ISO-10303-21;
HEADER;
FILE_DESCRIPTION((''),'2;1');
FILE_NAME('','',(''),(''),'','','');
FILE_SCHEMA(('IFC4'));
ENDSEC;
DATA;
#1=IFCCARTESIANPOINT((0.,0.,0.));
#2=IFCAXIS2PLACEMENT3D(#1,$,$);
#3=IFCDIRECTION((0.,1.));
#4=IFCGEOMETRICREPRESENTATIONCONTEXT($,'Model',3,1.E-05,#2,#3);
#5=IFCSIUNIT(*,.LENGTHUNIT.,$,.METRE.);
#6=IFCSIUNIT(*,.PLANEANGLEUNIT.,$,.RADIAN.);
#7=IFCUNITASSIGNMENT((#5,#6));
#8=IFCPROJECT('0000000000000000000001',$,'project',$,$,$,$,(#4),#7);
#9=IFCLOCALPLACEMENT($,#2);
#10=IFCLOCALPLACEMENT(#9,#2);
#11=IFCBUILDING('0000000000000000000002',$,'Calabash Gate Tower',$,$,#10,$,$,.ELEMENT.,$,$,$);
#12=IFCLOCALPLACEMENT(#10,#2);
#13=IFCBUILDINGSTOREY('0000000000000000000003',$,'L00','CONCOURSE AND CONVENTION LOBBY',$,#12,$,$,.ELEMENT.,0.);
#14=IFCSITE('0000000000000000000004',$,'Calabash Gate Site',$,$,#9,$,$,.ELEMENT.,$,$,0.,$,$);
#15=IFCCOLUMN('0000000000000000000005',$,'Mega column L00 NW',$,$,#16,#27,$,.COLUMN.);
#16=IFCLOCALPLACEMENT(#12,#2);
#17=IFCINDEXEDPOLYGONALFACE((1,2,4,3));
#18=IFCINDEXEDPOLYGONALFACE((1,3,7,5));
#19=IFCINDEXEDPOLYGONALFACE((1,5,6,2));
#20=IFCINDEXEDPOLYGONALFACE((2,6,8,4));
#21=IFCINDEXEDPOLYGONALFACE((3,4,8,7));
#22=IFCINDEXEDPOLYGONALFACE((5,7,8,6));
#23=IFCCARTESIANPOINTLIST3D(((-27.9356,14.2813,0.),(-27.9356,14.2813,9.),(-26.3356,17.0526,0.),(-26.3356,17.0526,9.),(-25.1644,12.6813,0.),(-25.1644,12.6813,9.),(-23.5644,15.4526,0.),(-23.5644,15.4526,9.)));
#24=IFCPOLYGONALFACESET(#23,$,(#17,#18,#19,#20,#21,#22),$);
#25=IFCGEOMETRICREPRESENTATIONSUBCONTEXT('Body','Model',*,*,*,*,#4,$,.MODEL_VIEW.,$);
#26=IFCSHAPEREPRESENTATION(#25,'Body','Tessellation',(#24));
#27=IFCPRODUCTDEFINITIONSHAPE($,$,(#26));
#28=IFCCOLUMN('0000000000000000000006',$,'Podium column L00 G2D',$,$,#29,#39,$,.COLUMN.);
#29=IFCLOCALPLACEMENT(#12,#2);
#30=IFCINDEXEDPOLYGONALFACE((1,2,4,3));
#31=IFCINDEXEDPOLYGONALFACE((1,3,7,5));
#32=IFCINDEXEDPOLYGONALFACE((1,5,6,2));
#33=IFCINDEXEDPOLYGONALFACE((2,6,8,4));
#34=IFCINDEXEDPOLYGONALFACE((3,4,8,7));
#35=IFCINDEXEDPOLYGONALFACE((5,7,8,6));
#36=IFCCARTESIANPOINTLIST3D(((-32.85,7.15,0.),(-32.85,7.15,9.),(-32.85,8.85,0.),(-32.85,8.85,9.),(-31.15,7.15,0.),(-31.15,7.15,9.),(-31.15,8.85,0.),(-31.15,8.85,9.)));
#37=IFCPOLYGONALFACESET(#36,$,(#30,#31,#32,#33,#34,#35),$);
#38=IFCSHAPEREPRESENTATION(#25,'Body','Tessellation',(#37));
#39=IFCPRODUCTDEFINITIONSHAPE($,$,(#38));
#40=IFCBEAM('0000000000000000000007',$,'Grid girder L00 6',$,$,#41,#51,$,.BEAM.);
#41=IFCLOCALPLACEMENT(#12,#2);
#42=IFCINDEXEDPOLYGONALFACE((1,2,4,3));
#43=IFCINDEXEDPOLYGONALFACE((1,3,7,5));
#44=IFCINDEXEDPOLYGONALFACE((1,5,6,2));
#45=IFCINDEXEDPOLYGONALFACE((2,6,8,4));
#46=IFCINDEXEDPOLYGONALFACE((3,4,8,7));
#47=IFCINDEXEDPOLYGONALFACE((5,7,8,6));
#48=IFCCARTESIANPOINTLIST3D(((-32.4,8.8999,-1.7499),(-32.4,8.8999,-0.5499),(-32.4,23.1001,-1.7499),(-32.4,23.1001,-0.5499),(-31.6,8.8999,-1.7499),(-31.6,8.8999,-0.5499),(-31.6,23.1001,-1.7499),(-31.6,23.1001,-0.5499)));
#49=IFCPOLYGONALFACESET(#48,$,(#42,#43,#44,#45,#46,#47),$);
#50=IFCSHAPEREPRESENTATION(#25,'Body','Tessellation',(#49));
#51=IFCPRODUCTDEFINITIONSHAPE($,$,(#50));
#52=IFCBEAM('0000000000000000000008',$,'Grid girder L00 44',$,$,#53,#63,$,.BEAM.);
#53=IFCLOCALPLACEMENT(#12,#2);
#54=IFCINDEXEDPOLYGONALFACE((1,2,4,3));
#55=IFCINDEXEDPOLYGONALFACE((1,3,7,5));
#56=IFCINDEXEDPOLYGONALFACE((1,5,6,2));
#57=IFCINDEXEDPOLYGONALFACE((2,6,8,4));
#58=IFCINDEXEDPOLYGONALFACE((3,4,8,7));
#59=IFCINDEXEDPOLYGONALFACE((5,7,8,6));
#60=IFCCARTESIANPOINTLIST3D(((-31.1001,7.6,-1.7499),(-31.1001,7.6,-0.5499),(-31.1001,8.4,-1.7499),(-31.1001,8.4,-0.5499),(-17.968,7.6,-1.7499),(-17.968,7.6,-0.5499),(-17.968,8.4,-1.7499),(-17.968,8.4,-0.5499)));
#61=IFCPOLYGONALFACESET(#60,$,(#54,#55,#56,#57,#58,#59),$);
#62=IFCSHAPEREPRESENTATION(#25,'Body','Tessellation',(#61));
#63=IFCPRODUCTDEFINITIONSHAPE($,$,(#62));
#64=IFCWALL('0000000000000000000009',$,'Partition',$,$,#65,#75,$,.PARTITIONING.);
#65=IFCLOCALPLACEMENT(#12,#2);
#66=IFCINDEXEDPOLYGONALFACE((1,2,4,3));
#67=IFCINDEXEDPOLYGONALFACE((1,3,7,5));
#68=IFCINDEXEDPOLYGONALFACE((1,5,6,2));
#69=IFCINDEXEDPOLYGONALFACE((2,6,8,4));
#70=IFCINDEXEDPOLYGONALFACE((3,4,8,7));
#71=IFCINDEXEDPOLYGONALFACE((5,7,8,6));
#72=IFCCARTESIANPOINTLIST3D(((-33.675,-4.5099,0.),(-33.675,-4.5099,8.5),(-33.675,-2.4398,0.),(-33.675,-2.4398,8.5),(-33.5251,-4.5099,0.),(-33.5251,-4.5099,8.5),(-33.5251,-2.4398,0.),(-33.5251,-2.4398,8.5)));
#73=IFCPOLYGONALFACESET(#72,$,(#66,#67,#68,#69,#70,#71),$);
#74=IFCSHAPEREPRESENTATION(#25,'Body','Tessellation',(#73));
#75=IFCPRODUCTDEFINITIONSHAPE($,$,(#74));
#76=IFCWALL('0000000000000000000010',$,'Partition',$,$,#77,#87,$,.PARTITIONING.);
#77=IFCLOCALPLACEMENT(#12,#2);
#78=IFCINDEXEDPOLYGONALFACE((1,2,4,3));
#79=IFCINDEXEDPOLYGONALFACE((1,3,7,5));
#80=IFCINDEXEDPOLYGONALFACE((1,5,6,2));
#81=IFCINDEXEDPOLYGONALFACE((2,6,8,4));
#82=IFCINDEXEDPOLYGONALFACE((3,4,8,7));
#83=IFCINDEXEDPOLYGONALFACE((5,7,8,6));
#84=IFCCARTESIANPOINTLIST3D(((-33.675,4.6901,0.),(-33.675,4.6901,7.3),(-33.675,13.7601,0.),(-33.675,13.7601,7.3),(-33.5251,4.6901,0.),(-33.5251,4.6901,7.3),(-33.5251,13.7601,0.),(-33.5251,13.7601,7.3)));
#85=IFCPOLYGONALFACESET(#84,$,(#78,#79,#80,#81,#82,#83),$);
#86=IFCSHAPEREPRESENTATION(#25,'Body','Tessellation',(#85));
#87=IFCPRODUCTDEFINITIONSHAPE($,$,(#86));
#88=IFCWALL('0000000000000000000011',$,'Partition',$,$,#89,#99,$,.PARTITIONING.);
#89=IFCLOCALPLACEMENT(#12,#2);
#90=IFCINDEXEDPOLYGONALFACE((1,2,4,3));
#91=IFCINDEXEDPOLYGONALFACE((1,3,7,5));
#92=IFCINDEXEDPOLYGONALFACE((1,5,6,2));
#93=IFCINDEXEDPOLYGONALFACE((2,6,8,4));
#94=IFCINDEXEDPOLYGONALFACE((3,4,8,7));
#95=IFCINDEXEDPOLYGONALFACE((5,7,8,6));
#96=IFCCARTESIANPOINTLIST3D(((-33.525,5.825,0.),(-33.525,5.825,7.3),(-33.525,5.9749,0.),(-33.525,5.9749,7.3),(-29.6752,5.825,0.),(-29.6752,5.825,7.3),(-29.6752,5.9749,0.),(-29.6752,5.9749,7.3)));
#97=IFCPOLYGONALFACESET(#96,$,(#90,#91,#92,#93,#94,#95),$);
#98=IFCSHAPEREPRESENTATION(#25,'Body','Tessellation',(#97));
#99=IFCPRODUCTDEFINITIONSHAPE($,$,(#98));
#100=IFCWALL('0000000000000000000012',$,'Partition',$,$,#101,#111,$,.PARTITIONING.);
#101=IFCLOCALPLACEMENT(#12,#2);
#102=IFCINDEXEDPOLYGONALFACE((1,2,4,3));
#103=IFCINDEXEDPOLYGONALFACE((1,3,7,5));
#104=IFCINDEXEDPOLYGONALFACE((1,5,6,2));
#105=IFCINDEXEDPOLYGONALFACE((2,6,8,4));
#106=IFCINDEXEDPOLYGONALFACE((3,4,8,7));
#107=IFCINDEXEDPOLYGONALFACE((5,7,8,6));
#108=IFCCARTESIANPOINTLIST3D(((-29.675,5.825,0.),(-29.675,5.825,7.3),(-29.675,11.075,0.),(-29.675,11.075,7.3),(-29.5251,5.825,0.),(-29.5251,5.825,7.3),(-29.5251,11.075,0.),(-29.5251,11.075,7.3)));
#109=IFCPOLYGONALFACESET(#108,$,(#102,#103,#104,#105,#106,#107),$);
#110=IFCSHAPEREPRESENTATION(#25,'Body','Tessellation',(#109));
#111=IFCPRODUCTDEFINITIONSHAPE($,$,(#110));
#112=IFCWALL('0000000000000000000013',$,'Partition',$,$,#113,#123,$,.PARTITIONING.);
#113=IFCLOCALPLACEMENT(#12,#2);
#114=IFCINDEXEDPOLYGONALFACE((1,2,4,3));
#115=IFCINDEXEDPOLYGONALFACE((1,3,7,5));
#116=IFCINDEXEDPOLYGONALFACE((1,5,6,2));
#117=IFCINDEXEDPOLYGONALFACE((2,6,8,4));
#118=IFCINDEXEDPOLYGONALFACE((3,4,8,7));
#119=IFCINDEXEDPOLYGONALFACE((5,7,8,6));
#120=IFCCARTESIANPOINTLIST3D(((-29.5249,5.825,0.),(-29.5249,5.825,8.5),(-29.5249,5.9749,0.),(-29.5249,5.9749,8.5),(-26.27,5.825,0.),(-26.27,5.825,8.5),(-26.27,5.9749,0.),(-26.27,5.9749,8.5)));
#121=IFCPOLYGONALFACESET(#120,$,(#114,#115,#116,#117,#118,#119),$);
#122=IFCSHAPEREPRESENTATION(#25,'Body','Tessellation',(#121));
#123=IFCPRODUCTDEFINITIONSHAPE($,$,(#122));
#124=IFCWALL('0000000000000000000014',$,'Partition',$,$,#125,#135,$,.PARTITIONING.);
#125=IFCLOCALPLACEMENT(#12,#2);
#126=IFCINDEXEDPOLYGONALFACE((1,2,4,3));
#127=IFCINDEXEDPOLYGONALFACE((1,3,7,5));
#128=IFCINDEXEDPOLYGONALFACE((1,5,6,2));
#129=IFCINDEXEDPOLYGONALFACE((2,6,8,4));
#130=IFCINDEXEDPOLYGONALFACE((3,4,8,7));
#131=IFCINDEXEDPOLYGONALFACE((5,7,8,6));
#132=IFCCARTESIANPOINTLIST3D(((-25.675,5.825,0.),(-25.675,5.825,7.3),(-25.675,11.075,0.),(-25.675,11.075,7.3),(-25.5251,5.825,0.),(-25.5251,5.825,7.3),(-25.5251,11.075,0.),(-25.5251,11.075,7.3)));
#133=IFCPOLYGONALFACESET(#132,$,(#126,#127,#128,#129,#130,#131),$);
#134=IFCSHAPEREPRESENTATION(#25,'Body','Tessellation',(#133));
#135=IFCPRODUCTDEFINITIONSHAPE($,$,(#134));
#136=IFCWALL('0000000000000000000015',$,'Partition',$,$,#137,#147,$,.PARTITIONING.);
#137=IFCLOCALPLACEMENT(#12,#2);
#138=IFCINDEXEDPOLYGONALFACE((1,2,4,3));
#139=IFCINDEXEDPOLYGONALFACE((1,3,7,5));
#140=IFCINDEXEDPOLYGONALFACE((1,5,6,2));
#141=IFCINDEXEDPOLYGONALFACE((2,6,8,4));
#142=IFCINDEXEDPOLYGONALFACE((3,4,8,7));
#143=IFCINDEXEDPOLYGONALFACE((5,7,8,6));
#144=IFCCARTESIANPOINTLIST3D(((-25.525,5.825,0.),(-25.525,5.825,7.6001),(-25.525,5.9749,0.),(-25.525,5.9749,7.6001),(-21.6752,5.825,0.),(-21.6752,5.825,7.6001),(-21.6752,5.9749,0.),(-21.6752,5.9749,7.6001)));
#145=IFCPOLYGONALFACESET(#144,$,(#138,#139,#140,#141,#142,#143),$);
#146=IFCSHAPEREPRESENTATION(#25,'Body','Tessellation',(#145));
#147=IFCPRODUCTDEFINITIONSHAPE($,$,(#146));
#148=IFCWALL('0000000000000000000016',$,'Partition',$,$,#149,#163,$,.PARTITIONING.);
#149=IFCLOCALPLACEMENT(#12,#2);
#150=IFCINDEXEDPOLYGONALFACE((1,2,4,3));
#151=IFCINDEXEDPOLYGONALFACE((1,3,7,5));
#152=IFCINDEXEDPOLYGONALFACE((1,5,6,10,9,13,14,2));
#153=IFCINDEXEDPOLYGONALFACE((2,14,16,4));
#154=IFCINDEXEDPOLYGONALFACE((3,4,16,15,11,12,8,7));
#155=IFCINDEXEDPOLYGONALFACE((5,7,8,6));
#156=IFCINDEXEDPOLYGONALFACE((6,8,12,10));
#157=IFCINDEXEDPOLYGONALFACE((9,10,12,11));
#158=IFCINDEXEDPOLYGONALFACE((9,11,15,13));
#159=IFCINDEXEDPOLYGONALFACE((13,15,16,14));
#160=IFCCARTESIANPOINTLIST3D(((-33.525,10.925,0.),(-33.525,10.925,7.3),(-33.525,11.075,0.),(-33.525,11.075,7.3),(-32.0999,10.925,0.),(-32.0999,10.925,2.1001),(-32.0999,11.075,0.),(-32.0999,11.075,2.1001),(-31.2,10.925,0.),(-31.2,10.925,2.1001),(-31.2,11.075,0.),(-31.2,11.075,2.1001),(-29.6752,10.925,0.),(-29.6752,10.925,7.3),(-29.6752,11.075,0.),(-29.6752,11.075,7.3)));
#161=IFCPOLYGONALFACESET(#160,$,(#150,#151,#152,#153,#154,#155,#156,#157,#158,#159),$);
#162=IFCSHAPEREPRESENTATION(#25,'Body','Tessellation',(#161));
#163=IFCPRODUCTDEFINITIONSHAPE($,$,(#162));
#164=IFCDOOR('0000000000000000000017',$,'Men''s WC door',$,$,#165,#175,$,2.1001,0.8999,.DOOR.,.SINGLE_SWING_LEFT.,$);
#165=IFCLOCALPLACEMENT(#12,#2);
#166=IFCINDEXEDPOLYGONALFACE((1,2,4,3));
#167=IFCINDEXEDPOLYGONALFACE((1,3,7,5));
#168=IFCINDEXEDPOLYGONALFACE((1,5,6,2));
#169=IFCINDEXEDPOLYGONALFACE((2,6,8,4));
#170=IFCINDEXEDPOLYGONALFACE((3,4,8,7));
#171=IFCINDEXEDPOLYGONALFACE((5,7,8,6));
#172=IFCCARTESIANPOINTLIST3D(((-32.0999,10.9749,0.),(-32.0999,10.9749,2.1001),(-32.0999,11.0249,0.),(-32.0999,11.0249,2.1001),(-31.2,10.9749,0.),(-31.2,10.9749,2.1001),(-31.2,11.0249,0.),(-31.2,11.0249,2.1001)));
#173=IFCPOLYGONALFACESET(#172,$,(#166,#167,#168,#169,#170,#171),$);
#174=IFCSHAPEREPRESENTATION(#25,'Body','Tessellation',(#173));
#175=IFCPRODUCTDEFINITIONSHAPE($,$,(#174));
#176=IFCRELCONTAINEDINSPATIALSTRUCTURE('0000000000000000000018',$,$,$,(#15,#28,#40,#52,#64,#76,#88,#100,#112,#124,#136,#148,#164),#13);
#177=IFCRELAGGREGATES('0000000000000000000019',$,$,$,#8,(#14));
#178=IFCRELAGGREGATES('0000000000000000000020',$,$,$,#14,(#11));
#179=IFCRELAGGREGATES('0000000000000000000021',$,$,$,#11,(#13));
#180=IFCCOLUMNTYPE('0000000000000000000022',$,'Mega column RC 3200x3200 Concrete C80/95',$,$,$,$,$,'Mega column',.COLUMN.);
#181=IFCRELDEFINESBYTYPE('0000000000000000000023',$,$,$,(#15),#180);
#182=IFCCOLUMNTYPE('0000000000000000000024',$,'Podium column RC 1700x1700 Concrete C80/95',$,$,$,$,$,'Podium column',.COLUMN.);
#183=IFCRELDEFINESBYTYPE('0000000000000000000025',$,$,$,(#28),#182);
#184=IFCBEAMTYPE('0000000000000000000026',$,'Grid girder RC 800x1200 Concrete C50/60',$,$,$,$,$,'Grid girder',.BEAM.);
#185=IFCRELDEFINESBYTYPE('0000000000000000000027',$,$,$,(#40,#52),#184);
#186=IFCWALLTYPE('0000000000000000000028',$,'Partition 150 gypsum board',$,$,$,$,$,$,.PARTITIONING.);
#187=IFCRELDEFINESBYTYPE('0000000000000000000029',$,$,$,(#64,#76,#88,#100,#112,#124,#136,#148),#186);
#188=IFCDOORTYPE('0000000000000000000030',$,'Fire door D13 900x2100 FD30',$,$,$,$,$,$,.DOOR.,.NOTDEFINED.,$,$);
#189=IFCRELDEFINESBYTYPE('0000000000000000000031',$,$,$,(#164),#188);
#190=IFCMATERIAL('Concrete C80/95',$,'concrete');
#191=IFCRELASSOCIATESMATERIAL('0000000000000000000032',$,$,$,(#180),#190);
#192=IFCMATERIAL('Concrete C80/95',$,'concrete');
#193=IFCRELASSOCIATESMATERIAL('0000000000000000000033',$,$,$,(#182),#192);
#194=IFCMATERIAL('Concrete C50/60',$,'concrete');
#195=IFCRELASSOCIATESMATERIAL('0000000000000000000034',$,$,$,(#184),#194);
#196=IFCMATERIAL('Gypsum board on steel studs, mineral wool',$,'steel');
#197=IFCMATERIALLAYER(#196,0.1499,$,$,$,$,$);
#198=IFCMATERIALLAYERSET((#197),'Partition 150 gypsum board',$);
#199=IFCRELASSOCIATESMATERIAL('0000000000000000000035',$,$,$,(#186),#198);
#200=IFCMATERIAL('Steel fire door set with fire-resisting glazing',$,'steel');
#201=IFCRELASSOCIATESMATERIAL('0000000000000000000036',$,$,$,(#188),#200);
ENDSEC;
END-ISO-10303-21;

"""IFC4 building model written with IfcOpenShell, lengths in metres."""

from ifc_helpers import new_model, si_unit, direction, frame, frame_2d, origin, origin_2d, place, context, subcontext, project, spatial, rectangle, extrude, material, layer, layer_set, material_profile, profile_set, type_object, element, fill, save


model = new_model("IFC4")

# Units and contexts
model_context = context("Model", 3, precision=1e-05, world=origin(), true_north=direction((0.0, 1.0)))
body_context = subcontext(model_context, "Body", "Model", "MODEL_VIEW")
ifc_project = project(units=[si_unit("LENGTHUNIT", "METRE"), si_unit("PLANEANGLEUNIT", "RADIAN")], contexts=[model_context])

# Site, building, storey
site_placement = place(None, origin())
site = spatial("IfcSite", under=ifc_project, at=site_placement, Name="Calabash Gate Site", CompositionType="ELEMENT", RefElevation=0.0)
building_placement = place(site_placement, origin())
building = spatial("IfcBuilding", under=site, at=building_placement, Name="Calabash Gate Tower", CompositionType="ELEMENT")
storey_placement = place(building_placement, origin())
storey = spatial("IfcBuildingStorey", under=building, at=storey_placement, Name="L00", Description="CONCOURSE AND CONVENTION LOBBY", CompositionType="ELEMENT", Elevation=0.0)

# Columns
ifc_material_1 = material(Name="Concrete C80/95", Category="concrete")
ifc_material_profile_1 = material_profile(ifc_material_1, rectangle(XDim=3.2, YDim=3.2, at=origin_2d()))
ifc_profile_set_1 = profile_set([ifc_material_profile_1], Name="Concrete C80/95")
column_type_1 = type_object("IfcColumnType", Name="Mega column RC 3200x3200 Concrete C80/95", ElementType="Mega column", PredefinedType="COLUMN", material=ifc_profile_set_1)
column_1_placement = place(storey_placement, frame((-25.75, 14.8669, 0.0), z_axis=(0.0, 0.0, 1.0), x_axis=(0.866025, -0.5, 0.0)))
element("IfcColumn", 1, at=column_1_placement, inside=storey, type_object=column_type_1, Name="Mega column L00 NW", PredefinedType="COLUMN", context=body_context, shape_type="SweptSolid", body=[
    extrude(rectangle(XDim=3.2, YDim=3.2, at=origin_2d()), origin(), (0.0, 0.0, 1.0), 9.0),
])
ifc_material_2 = material(Name="Concrete C80/95", Category="concrete")
ifc_material_profile_2 = material_profile(ifc_material_2, rectangle(XDim=1.7, YDim=1.7, at=origin_2d()))
ifc_profile_set_2 = profile_set([ifc_material_profile_2], Name="Concrete C80/95")
column_type_2 = type_object("IfcColumnType", Name="Podium column RC 1700x1700 Concrete C80/95", ElementType="Podium column", PredefinedType="COLUMN", material=ifc_profile_set_2)
column_2_placement = place(storey_placement, frame((-32.0, 8.0, 0.0), z_axis=(0.0, 0.0, 1.0), x_axis=(1.0, 0.0, 0.0)))
element("IfcColumn", 2, at=column_2_placement, inside=storey, type_object=column_type_2, Name="Podium column L00 G2D", PredefinedType="COLUMN", context=body_context, shape_type="SweptSolid", body=[
    extrude(rectangle(XDim=1.7, YDim=1.7, at=origin_2d()), origin(), (0.0, 0.0, 1.0), 9.0),
])

# Beams
ifc_material_3 = material(Name="Concrete C50/60", Category="concrete")
ifc_material_profile_3 = material_profile(ifc_material_3, rectangle(XDim=0.8, YDim=1.2, at=origin_2d()))
ifc_profile_set_3 = profile_set([ifc_material_profile_3], Name="Concrete C50/60")
beam_type = type_object("IfcBeamType", Name="Grid girder RC 800x1200 Concrete C50/60", ElementType="Grid girder", PredefinedType="BEAM", material=ifc_profile_set_3)
beam_1_placement = place(storey_placement, frame((-32.0, 8.8999, -1.1499), z_axis=(0.0, 1.0, 0.0), x_axis=(-1.0, 0.0, 0.0)))
element("IfcBeam", 3, at=beam_1_placement, inside=storey, type_object=beam_type, Name="Grid girder L00 6", PredefinedType="BEAM", context=body_context, shape_type="SweptSolid", body=[
    extrude(rectangle(XDim=0.8, YDim=1.2, at=origin_2d()), origin(), (0.0, 0.0, 1.0), 14.2002),
])
beam_2_placement = place(storey_placement, frame((-31.1001, 8.0, -1.1499), z_axis=(1.0, 0.0, 0.0), x_axis=(0.0, 1.0, 0.0)))
element("IfcBeam", 4, at=beam_2_placement, inside=storey, type_object=beam_type, Name="Grid girder L00 44", PredefinedType="BEAM", context=body_context, shape_type="SweptSolid", body=[
    extrude(rectangle(XDim=0.8, YDim=1.2, at=origin_2d()), origin(), (0.0, 0.0, 1.0), 13.1321),
])

# Walls
ifc_material_4 = material(Name="Gypsum board on steel studs, mineral wool", Category="steel")
ifc_layer_1 = layer(ifc_material_4, 0.1499)
ifc_layer_set_1 = layer_set([ifc_layer_1], Name="Partition 150 gypsum board")
wall_type_1 = type_object("IfcWallType", Name="Partition 150 gypsum board", PredefinedType="PARTITIONING", material=ifc_layer_set_1)
wall_1_placement = place(storey_placement, frame((-33.6001, -4.51, 0.0), z_axis=(0.0, 0.0, 1.0), x_axis=(0.0, 1.0, 0.0)))
element("IfcWall", 5, at=wall_1_placement, inside=storey, type_object=wall_type_1, Name="Partition", PredefinedType="PARTITIONING", context=body_context, shape_type="SweptSolid", body=[
    extrude(rectangle(XDim=2.0701, YDim=0.1499, at=frame_2d((1.0352, 0.0))), origin(), (0.0, 0.0, 1.0), 8.5),
])
wall_2_placement = place(storey_placement, frame((-33.6001, 4.6899, 0.0), z_axis=(0.0, 0.0, 1.0), x_axis=(0.0, 1.0, 0.0)))
element("IfcWall", 6, at=wall_2_placement, inside=storey, type_object=wall_type_1, Name="Partition", PredefinedType="PARTITIONING", context=body_context, shape_type="SweptSolid", body=[
    extrude(rectangle(XDim=9.0701, YDim=0.1499, at=frame_2d((4.5352, 0.0))), origin(), (0.0, 0.0, 1.0), 7.3),
])
wall_3_placement = place(storey_placement, frame((-33.5249, 5.8999, 0.0), z_axis=(0.0, 0.0, 1.0), x_axis=(1.0, 0.0, 0.0)))
element("IfcWall", 7, at=wall_3_placement, inside=storey, type_object=wall_type_1, Name="Partition", PredefinedType="PARTITIONING", context=body_context, shape_type="SweptSolid", body=[
    extrude(rectangle(XDim=3.8499, YDim=0.1499, at=frame_2d((1.9248, 0.0))), origin(), (0.0, 0.0, 1.0), 7.3),
])
wall_4_placement = place(storey_placement, frame((-29.6001, 5.825, 0.0), z_axis=(0.0, 0.0, 1.0), x_axis=(0.0, 1.0, 0.0)))
element("IfcWall", 8, at=wall_4_placement, inside=storey, type_object=wall_type_1, Name="Partition", PredefinedType="PARTITIONING", context=body_context, shape_type="SweptSolid", body=[
    extrude(rectangle(XDim=5.25, YDim=0.1499, at=frame_2d((2.625, 0.0))), origin(), (0.0, 0.0, 1.0), 7.3),
])
wall_5_placement = place(storey_placement, frame((-29.5249, 5.8999, 0.0), z_axis=(0.0, 0.0, 1.0), x_axis=(1.0, 0.0, 0.0)))
element("IfcWall", 9, at=wall_5_placement, inside=storey, type_object=wall_type_1, Name="Partition", PredefinedType="PARTITIONING", context=body_context, shape_type="SweptSolid", body=[
    extrude(rectangle(XDim=3.2549, YDim=0.1499, at=frame_2d((1.6274, 0.0))), origin(), (0.0, 0.0, 1.0), 8.5),
])
wall_6_placement = place(storey_placement, frame((-25.6001, 5.825, 0.0), z_axis=(0.0, 0.0, 1.0), x_axis=(0.0, 1.0, 0.0)))
element("IfcWall", 10, at=wall_6_placement, inside=storey, type_object=wall_type_1, Name="Partition", PredefinedType="PARTITIONING", context=body_context, shape_type="SweptSolid", body=[
    extrude(rectangle(XDim=5.25, YDim=0.1499, at=frame_2d((2.625, 0.0))), origin(), (0.0, 0.0, 1.0), 7.3),
])
wall_7_placement = place(storey_placement, frame((-25.5249, 5.8999, 0.0), z_axis=(0.0, 0.0, 1.0), x_axis=(1.0, 0.0, 0.0)))
element("IfcWall", 11, at=wall_7_placement, inside=storey, type_object=wall_type_1, Name="Partition", PredefinedType="PARTITIONING", context=body_context, shape_type="SweptSolid", body=[
    extrude(rectangle(XDim=3.8499, YDim=0.1499, at=frame_2d((1.9248, 0.0))), origin(), (0.0, 0.0, 1.0), 7.6001),
])

# Wall, opening, door
wall_8_placement = place(storey_placement, frame((-33.5249, 11.0, 0.0), z_axis=(0.0, 0.0, 1.0), x_axis=(1.0, 0.0, 0.0)))
wall_8 = element("IfcWall", 12, at=wall_8_placement, inside=storey, type_object=wall_type_1, Name="Partition", PredefinedType="PARTITIONING", context=body_context, shape_type="SweptSolid", body=[
    extrude(rectangle(XDim=3.8499, YDim=0.1499, at=frame_2d((1.9248, 0.0))), origin(), (0.0, 0.0, 1.0), 7.3),
])
opening_1_placement = place(wall_8_placement, frame((1.425, 0.0, 0.0)))
opening_1 = element("IfcOpeningElement", 13, at=opening_1_placement, cuts=wall_8, PredefinedType="OPENING", context=body_context, shape_type="SweptSolid", body=[
    extrude(rectangle(XDim=0.8999, YDim=2.1001, at=frame_2d((0.45, 1.05))), frame((0.0, 0.085, 0.0), z_axis=(0.0, -1.0, 0.0), x_axis=(1.0, 0.0, 0.0)), (0.0, 0.0, 1.0), 0.1699),
])
ifc_material_5 = material(Name="Steel fire door set with fire-resisting glazing", Category="steel")
door_type_1 = type_object("IfcDoorType", Name="Fire door D13 900x2100 FD30", OperationType="NOTDEFINED", PredefinedType="DOOR", material=ifc_material_5)
door_1_placement = place(opening_1_placement, origin())
door_1 = element("IfcDoor", 14, at=door_1_placement, inside=storey, type_object=door_type_1, Name="Men's WC door", OperationType="SINGLE_SWING_LEFT", OverallHeight=2.1001, OverallWidth=0.8999, PredefinedType="DOOR", context=body_context, shape_type="SweptSolid", body=[
    extrude(rectangle(XDim=0.8999, YDim=2.1001, at=frame_2d((0.45, 1.05))), frame((0.0, 0.0249, 0.0), z_axis=(0.0, -1.0, 0.0), x_axis=(1.0, 0.0, 0.0)), (0.0, 0.0, 1.0), 0.05),
])
fill(opening_1, door_1)

save(model, "model.ifc")
